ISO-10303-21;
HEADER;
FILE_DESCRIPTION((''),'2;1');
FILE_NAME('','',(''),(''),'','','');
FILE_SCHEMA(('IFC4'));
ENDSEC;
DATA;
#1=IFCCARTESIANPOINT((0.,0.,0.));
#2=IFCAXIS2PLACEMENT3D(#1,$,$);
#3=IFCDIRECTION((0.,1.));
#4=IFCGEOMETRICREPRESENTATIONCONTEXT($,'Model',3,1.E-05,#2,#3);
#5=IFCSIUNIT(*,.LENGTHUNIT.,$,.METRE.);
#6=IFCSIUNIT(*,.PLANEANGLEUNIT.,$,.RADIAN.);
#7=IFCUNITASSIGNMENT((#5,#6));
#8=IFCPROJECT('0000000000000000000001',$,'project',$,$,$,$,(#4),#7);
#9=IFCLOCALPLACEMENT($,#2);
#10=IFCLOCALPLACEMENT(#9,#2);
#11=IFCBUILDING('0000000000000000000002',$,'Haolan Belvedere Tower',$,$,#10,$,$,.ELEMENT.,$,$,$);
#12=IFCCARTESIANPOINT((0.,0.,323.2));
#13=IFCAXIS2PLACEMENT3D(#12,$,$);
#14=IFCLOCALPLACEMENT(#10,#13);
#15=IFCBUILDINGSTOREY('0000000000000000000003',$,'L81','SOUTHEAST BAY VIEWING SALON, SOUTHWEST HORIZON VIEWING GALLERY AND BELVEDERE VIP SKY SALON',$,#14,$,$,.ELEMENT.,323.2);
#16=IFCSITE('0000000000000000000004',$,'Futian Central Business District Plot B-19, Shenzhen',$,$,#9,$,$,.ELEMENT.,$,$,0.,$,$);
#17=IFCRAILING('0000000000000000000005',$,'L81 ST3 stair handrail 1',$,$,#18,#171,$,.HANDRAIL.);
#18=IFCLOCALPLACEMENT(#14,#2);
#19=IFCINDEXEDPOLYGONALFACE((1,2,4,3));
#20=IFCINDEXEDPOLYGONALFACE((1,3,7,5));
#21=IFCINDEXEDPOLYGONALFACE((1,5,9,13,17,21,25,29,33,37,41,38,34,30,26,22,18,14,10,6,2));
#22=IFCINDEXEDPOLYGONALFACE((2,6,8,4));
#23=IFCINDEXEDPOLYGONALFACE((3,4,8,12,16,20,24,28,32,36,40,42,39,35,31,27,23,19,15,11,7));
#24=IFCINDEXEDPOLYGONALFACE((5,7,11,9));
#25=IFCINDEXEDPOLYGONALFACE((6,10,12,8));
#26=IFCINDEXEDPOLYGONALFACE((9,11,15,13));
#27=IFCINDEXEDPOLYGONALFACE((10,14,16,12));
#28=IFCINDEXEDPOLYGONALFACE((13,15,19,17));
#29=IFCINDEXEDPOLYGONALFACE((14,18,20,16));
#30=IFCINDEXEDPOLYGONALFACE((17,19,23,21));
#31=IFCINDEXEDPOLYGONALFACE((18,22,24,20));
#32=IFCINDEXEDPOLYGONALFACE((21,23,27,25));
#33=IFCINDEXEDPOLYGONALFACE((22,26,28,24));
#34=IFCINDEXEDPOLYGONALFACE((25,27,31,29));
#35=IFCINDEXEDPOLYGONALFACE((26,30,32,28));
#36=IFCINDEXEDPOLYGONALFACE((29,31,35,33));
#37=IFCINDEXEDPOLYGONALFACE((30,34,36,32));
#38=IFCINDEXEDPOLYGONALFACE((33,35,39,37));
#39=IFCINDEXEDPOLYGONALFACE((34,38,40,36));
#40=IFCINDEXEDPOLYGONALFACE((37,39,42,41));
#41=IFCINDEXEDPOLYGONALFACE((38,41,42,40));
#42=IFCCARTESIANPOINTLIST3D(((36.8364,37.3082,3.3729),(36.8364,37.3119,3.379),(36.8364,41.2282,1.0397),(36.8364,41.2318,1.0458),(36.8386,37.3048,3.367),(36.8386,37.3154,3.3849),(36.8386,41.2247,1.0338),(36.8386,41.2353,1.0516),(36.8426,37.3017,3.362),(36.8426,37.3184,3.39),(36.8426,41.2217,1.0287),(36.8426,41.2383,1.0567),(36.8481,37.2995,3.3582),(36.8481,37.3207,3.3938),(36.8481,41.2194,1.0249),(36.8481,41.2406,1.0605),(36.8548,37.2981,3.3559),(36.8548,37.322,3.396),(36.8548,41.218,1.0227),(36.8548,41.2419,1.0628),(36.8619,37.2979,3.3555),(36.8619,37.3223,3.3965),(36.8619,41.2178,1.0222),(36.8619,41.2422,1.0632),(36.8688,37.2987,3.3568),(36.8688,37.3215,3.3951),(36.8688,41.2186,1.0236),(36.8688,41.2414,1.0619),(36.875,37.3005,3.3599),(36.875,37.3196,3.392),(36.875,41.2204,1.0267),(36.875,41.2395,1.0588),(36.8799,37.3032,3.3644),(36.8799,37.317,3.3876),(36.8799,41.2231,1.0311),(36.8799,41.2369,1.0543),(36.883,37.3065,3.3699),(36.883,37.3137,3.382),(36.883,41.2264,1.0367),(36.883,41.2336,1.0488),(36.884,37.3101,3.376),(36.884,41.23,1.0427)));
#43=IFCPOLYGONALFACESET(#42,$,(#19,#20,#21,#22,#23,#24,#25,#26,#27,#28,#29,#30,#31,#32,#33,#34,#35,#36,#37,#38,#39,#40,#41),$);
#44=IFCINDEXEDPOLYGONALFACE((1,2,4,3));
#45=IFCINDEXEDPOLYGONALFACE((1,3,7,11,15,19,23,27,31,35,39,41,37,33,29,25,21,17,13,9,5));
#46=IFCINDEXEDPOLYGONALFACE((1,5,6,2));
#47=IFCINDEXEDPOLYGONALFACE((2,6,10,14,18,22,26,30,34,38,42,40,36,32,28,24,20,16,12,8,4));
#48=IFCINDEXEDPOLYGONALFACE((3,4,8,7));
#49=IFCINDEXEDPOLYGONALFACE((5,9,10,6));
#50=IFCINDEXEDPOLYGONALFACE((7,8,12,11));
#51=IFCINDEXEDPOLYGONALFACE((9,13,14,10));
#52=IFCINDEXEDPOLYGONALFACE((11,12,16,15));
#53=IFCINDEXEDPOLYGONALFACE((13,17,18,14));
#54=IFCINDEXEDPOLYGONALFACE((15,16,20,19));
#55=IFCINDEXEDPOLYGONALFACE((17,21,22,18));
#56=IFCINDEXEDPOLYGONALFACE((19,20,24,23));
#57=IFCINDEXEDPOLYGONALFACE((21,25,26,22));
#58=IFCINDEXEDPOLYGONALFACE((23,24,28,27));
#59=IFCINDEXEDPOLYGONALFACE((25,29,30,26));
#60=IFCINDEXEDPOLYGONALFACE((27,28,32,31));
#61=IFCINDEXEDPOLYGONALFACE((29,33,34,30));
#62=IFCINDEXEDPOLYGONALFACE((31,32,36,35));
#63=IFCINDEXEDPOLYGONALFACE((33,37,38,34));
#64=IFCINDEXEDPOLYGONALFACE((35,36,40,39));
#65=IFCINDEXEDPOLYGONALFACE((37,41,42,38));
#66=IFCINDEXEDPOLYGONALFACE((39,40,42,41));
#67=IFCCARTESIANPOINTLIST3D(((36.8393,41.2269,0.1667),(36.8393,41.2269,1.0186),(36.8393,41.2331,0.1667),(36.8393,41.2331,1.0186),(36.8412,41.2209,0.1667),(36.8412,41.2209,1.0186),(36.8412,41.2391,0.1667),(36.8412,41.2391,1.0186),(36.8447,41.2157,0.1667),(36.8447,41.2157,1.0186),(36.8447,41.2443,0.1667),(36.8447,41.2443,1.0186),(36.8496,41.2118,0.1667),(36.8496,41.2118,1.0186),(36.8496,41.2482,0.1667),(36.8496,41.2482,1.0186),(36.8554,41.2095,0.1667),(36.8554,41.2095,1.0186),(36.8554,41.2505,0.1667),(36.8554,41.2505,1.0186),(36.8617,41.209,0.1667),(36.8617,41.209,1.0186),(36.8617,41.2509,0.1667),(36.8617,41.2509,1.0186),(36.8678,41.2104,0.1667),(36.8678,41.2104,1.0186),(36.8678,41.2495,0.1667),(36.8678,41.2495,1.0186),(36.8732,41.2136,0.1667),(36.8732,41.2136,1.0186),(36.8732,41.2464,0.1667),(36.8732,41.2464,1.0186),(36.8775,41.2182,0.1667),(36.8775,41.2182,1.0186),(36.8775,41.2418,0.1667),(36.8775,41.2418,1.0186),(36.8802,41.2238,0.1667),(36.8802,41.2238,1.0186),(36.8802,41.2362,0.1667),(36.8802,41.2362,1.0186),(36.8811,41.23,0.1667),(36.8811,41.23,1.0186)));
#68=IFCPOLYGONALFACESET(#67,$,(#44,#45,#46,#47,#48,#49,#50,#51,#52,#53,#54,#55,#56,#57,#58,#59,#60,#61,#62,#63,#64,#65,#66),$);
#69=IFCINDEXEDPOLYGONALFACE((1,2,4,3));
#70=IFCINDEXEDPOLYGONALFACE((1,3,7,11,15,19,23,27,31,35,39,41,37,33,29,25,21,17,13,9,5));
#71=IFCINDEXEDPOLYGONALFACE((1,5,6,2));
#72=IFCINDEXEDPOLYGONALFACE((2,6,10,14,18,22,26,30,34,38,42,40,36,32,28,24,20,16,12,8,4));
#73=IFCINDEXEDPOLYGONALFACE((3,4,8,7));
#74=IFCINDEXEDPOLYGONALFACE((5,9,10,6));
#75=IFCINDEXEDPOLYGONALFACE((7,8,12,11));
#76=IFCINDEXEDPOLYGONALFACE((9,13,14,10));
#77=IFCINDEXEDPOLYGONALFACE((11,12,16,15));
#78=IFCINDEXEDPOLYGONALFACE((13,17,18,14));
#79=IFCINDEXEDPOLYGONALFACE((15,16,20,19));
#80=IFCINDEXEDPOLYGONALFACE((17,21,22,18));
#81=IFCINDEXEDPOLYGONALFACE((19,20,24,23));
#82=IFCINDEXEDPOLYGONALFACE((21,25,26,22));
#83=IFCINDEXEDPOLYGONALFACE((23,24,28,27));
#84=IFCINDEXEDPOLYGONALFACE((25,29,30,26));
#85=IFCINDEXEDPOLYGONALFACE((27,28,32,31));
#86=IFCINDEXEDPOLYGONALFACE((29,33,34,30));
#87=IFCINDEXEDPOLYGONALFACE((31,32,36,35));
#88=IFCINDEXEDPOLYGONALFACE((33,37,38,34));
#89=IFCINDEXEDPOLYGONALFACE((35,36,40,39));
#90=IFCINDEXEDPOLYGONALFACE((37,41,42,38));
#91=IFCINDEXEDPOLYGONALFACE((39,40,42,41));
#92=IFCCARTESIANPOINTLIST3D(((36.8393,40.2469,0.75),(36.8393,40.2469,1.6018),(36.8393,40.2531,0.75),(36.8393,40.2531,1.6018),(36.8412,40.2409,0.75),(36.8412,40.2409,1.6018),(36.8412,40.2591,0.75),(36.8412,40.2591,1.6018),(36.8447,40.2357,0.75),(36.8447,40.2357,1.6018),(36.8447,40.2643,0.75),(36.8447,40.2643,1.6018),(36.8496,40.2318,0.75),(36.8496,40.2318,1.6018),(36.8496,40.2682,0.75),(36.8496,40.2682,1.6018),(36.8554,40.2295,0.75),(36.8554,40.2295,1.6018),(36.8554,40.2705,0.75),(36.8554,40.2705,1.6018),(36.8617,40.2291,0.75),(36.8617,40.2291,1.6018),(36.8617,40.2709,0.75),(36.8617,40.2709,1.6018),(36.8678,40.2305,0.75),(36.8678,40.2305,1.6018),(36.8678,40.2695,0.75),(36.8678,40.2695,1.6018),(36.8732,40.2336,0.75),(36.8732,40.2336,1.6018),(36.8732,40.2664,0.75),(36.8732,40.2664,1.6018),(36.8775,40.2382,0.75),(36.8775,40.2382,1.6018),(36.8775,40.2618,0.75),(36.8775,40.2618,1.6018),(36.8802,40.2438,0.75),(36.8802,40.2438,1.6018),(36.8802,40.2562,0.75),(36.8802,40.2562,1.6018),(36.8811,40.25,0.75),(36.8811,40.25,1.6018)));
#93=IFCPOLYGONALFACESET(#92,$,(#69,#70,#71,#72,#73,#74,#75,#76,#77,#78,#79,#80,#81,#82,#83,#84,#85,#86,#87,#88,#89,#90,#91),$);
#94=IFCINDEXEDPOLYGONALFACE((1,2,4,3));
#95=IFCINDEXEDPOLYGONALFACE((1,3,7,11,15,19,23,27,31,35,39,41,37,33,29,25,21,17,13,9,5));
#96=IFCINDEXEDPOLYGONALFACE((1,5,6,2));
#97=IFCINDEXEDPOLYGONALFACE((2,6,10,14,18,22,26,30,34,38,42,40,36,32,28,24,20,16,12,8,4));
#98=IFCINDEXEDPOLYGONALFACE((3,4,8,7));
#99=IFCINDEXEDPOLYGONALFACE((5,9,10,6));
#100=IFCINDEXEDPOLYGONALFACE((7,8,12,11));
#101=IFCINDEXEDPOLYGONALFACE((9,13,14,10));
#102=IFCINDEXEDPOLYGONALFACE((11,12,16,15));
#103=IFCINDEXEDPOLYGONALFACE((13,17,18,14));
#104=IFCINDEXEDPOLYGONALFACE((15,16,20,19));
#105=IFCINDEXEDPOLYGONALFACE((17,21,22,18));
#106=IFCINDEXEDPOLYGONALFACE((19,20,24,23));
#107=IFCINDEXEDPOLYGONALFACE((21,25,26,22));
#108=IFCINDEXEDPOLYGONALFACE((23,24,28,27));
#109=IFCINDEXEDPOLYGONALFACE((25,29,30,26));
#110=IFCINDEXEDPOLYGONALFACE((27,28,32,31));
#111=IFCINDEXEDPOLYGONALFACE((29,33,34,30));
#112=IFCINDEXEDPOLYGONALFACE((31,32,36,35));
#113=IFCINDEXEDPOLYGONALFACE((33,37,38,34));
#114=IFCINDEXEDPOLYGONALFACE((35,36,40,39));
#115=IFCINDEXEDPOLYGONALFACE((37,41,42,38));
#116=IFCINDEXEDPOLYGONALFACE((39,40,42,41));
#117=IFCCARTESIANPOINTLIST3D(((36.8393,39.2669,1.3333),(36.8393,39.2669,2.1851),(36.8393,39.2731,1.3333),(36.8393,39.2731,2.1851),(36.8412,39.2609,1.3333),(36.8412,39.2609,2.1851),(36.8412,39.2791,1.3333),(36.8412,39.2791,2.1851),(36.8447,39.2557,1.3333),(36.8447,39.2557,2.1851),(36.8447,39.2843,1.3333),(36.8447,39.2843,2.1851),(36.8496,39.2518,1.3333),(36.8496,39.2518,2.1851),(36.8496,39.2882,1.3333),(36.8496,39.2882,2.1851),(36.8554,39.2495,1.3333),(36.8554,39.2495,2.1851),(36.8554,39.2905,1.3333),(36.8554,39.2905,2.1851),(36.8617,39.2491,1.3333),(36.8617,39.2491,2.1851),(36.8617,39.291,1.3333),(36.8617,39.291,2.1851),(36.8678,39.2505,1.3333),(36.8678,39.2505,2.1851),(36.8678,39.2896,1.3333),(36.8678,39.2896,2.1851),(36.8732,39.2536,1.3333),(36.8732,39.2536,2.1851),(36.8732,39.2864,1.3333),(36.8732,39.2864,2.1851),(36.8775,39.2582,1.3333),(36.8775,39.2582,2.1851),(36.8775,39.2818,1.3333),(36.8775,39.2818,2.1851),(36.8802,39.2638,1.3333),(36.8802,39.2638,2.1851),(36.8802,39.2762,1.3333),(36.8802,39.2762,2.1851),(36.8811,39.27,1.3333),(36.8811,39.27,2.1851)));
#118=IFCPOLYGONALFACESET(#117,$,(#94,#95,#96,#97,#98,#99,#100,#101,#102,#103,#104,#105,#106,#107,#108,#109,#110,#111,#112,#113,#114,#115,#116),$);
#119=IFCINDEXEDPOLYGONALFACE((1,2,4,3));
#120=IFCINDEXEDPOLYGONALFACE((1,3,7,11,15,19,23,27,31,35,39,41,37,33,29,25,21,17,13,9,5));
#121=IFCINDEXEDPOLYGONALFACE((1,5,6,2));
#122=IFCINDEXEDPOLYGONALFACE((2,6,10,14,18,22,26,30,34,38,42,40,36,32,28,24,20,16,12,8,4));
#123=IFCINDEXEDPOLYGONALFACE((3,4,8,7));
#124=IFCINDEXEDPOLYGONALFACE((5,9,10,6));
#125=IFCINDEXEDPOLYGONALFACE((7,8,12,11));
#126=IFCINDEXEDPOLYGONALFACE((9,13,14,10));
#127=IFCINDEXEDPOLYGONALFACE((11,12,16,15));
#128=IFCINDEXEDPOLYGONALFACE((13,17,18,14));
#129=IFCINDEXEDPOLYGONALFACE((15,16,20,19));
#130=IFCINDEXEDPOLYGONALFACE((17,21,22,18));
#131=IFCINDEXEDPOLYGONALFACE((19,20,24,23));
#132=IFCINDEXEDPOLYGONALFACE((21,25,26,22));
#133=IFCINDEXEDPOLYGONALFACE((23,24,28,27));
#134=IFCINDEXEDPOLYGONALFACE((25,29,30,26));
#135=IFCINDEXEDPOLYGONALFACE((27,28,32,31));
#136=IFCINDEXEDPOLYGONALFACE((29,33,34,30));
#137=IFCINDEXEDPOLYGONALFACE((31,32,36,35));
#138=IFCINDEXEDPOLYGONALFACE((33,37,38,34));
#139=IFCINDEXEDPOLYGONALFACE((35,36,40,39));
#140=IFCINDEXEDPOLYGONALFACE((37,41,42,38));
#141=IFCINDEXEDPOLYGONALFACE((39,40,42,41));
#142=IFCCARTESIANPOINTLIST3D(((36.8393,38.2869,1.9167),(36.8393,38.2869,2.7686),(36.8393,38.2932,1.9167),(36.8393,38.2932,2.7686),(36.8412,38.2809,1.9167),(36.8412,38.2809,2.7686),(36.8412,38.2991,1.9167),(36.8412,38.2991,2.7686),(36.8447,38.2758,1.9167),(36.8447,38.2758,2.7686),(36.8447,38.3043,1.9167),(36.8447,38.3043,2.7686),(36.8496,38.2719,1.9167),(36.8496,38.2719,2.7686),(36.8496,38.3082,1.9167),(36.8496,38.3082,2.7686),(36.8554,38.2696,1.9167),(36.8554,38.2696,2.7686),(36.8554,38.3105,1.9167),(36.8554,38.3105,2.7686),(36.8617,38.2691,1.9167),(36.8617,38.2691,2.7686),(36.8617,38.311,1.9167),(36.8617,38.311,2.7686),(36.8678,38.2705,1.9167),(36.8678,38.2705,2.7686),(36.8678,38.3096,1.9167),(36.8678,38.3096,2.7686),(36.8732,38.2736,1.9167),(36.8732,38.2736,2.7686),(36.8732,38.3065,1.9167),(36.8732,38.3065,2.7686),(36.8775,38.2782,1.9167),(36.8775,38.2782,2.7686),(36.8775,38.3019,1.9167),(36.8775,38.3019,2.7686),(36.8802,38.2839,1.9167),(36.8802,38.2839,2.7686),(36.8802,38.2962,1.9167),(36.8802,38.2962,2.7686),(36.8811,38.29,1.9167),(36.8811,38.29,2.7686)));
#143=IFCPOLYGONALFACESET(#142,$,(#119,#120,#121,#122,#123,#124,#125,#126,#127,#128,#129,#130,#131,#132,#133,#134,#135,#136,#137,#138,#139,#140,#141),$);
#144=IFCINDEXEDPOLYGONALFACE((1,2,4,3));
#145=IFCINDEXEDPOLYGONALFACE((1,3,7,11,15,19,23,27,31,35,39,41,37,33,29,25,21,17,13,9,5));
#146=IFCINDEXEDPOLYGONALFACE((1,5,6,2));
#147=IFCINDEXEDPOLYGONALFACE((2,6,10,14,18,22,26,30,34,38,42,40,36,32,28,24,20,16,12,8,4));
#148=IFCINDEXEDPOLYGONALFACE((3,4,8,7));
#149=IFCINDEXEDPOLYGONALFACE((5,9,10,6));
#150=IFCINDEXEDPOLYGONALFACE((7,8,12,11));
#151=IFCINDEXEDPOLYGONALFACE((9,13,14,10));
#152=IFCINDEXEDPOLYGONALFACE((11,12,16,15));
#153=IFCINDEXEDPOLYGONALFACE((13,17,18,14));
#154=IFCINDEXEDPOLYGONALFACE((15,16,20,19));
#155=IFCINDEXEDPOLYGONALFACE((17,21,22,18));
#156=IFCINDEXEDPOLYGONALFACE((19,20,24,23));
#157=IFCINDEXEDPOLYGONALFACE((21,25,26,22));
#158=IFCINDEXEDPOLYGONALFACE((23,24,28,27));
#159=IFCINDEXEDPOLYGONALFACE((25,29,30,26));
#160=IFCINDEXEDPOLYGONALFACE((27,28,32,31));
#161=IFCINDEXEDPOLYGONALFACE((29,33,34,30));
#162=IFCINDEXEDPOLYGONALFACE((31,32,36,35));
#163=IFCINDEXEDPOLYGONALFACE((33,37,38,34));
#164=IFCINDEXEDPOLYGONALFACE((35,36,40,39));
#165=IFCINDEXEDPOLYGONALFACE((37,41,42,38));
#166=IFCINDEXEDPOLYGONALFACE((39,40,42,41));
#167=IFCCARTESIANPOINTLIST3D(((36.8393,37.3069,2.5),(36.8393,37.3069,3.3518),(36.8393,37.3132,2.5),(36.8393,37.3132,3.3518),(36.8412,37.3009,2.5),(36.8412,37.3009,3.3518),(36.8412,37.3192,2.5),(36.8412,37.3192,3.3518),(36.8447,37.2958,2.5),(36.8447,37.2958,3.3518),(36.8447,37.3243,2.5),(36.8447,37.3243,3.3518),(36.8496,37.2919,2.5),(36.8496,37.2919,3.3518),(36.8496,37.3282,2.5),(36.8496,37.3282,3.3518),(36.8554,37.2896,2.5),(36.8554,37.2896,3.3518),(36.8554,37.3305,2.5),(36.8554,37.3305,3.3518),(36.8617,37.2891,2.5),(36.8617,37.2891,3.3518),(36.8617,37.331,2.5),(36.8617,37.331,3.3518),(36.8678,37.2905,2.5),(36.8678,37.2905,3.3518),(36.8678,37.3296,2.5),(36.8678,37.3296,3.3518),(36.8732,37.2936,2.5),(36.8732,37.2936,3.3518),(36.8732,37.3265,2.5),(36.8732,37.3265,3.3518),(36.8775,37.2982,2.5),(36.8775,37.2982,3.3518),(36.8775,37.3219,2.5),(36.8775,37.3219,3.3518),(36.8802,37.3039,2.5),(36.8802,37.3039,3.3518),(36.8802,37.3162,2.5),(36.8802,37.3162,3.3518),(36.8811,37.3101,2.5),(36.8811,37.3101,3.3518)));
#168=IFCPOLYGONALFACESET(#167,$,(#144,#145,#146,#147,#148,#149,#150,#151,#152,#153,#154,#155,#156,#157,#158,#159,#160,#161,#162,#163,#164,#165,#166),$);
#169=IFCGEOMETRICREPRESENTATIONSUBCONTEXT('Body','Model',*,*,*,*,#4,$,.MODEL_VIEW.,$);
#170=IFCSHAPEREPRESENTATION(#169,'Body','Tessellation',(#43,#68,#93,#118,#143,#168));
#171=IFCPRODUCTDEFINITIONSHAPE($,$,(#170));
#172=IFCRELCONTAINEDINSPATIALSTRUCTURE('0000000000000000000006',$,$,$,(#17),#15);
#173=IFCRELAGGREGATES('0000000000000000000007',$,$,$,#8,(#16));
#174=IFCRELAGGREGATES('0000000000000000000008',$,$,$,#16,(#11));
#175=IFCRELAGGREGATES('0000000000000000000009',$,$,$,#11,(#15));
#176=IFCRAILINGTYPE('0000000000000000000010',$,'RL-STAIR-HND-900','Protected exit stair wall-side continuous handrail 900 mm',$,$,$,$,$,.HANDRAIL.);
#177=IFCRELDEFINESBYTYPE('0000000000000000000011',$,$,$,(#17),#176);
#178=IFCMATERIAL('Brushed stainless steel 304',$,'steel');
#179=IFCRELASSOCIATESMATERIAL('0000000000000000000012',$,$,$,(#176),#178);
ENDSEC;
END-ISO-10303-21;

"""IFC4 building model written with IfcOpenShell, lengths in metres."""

from ifc_helpers import new_model, si_unit, direction, frame, origin, origin_2d, place, context, subcontext, project, spatial, circle, extrude, material, type_object, element, save


model = new_model("IFC4")

# Units and contexts
model_context = context("Model", 3, precision=1e-05, world=origin(), true_north=direction((0.0, 1.0)))
body_context = subcontext(model_context, "Body", "Model", "MODEL_VIEW")
ifc_project = project(units=[si_unit("LENGTHUNIT", "METRE"), si_unit("PLANEANGLEUNIT", "RADIAN")], contexts=[model_context])

# Site, building, storey
site_placement = place(None, origin())
site = spatial("IfcSite", under=ifc_project, at=site_placement, Name="Futian Central Business District Plot B-19, Shenzhen", CompositionType="ELEMENT", RefElevation=0.0)
building_placement = place(site_placement, origin())
building = spatial("IfcBuilding", under=site, at=building_placement, Name="Haolan Belvedere Tower", CompositionType="ELEMENT")
storey_placement = place(building_placement, frame((0.0, 0.0, 323.2)))
storey = spatial("IfcBuildingStorey", under=building, at=storey_placement, Name="L81", Description="SOUTHEAST BAY VIEWING SALON, SOUTHWEST HORIZON VIEWING GALLERY AND BELVEDERE VIP SKY SALON", CompositionType="ELEMENT", Elevation=323.2)

# Railing
ifc_material_1 = material(Name="Brushed stainless steel 304", Category="steel")
railing_type_1 = type_object("IfcRailingType", Name="RL-STAIR-HND-900", Description="Protected exit stair wall-side continuous handrail 900 mm", PredefinedType="HANDRAIL", material=ifc_material_1)
railing_1_placement = place(storey_placement, frame((36.8601, 41.23, 0.1667)))
element("IfcRailing", 1, at=railing_1_placement, inside=storey, type_object=railing_type_1, Name="L81 ST3 stair handrail 1", PredefinedType="HANDRAIL", context=body_context, shape_type="SweptSolid", body=[
    extrude(circle(Radius=0.0239, at=origin_2d()), frame((0.0, 0.0, 0.876), z_axis=(0.0, -0.859296, 0.511478), x_axis=(1.0, 0.0, 0.0)), (0.0, 0.0, 1.0), 4.5618),
    extrude(circle(Radius=0.021, at=origin_2d()), origin(), (0.0, 0.0, 1.0), 0.8518),
    extrude(circle(Radius=0.021, at=origin_2d()), frame((0.0, -0.98, 0.5833)), (0.0, 0.0, 1.0), 0.8518),
    extrude(circle(Radius=0.021, at=origin_2d()), frame((0.0, -1.96, 1.1665)), (0.0, 0.0, 1.0), 0.8518),
    extrude(circle(Radius=0.021, at=origin_2d()), frame((0.0, -2.9399, 1.75)), (0.0, 0.0, 1.0), 0.8518),
    extrude(circle(Radius=0.021, at=origin_2d()), frame((0.0, -3.9199, 2.3333)), (0.0, 0.0, 1.0), 0.8518),
])

save(model, "model.ifc")
